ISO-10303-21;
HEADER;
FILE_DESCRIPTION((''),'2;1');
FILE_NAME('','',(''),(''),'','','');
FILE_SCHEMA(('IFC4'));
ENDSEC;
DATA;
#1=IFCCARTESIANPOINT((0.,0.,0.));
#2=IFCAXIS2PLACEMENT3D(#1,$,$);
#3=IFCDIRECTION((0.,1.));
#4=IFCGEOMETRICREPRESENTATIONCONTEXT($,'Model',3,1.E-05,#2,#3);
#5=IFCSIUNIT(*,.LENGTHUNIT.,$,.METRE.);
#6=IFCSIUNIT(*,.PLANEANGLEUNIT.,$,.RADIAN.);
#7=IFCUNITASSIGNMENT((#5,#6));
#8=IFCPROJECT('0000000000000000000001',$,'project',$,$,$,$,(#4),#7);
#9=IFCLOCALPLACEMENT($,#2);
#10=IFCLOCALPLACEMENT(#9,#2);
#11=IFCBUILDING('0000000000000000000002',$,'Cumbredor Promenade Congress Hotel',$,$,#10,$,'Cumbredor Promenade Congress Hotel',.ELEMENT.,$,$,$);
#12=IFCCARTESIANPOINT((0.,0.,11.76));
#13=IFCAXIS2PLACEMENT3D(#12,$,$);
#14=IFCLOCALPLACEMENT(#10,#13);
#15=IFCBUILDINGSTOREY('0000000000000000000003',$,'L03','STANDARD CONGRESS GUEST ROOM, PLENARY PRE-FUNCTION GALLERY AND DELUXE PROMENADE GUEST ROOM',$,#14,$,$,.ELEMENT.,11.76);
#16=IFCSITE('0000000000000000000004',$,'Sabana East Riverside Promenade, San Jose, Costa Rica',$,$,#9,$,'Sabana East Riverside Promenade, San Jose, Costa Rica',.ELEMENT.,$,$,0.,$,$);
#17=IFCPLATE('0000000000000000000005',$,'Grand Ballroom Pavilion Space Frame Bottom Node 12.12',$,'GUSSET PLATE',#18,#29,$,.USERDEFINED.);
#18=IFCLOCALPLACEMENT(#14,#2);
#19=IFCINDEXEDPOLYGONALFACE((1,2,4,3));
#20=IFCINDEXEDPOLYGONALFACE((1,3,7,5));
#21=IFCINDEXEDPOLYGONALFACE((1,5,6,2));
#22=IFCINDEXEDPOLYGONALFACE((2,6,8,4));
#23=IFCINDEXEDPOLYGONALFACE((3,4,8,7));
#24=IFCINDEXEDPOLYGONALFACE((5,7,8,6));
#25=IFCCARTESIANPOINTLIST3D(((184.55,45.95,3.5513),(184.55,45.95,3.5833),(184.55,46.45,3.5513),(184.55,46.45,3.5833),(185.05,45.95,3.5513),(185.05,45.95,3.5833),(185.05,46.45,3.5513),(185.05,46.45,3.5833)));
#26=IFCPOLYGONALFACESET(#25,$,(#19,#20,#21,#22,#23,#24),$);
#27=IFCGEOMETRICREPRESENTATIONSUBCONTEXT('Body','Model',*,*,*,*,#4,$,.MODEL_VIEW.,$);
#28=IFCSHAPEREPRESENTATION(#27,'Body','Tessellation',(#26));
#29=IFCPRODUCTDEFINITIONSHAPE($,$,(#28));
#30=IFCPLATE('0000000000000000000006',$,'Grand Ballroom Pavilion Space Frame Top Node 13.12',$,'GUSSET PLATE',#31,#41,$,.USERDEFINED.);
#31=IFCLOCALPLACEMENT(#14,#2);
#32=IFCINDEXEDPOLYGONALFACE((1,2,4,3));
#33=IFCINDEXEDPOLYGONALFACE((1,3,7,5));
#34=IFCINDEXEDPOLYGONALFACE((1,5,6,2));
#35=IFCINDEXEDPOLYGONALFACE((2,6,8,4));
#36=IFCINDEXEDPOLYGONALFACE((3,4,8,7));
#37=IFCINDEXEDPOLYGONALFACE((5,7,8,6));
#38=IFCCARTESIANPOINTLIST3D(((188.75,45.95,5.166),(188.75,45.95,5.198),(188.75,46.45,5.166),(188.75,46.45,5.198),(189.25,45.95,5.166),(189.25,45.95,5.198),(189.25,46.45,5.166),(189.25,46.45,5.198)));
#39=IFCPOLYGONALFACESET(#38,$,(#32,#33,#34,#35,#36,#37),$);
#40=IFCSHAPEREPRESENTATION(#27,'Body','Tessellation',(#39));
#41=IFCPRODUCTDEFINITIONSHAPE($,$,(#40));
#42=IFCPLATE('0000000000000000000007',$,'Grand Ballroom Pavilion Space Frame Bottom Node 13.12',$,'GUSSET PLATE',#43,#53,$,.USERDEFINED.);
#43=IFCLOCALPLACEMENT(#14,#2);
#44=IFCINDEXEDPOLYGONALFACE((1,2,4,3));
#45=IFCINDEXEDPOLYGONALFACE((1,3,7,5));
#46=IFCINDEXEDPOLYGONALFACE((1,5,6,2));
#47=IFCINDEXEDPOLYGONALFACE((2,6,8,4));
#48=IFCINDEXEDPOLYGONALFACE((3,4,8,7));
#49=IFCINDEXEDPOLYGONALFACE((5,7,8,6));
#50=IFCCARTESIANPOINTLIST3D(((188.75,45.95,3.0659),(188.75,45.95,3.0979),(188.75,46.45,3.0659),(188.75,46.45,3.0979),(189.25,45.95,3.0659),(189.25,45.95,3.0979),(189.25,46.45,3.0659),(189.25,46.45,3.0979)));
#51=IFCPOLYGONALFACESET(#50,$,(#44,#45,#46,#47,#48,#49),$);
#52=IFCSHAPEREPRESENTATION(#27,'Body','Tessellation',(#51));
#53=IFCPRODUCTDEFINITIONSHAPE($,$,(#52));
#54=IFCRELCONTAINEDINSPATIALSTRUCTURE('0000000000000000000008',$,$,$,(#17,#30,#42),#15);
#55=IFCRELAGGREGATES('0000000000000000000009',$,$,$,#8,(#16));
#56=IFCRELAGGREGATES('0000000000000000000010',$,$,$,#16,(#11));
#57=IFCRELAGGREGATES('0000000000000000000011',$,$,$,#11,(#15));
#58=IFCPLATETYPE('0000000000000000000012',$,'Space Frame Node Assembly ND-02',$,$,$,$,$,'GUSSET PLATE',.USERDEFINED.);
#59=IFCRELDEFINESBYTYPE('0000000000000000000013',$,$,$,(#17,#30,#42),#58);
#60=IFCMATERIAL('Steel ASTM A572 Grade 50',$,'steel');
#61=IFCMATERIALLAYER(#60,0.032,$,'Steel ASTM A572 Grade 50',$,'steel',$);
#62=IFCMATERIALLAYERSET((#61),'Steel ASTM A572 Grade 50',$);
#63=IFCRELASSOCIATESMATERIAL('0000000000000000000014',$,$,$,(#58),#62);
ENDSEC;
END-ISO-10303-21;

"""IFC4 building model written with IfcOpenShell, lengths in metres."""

from ifc_helpers import new_model, si_unit, direction, frame, origin, origin_2d, place, context, subcontext, project, spatial, rectangle, extrude, material, layer, layer_set, type_object, element, save


model = new_model("IFC4")

# Units and contexts
model_context = context("Model", 3, precision=1e-05, world=origin(), true_north=direction((0.0, 1.0)))
body_context = subcontext(model_context, "Body", "Model", "MODEL_VIEW")
ifc_project = project(units=[si_unit("LENGTHUNIT", "METRE"), si_unit("PLANEANGLEUNIT", "RADIAN")], contexts=[model_context])

# Site, building, storey
site_placement = place(None, origin())
site = spatial("IfcSite", under=ifc_project, at=site_placement, Name="Sabana East Riverside Promenade, San Jose, Costa Rica", LongName="Sabana East Riverside Promenade, San Jose, Costa Rica", CompositionType="ELEMENT", RefElevation=0.0)
building_placement = place(site_placement, origin())
building = spatial("IfcBuilding", under=site, at=building_placement, Name="Cumbredor Promenade Congress Hotel", LongName="Cumbredor Promenade Congress Hotel", CompositionType="ELEMENT")
storey_placement = place(building_placement, frame((0.0, 0.0, 11.76)))
storey = spatial("IfcBuildingStorey", under=building, at=storey_placement, Name="L03", Description="STANDARD CONGRESS GUEST ROOM, PLENARY PRE-FUNCTION GALLERY AND DELUXE PROMENADE GUEST ROOM", CompositionType="ELEMENT", Elevation=11.76)

# Plates
ifc_material_1 = material(Name="Steel ASTM A572 Grade 50", Category="steel")
ifc_layer_1 = layer(ifc_material_1, 0.032, Name="Steel ASTM A572 Grade 50", Category="steel")
ifc_layer_set_1 = layer_set([ifc_layer_1], Name="Steel ASTM A572 Grade 50")
plate_type_1 = type_object("IfcPlateType", Name="Space Frame Node Assembly ND-02", ElementType="GUSSET PLATE", PredefinedType="USERDEFINED", material=ifc_layer_set_1)
for number, where, z_axis, x_axis, name in (
    (1, (184.8, 46.2, 3.5513), (0.0, 0.0, 1.0), (1.0, 0.0, 0.0), "Grand Ballroom Pavilion Space Frame Bottom Node 12.12"),
    (2, (189.0, 46.2, 5.166), (0.0, 0.0, 1.0), (1.0, 0.0, 0.0), "Grand Ballroom Pavilion Space Frame Top Node 13.12"),
    (3, (189.0, 46.2, 3.0659), (0.0, 0.0, 1.0), (1.0, 0.0, 0.0), "Grand Ballroom Pavilion Space Frame Bottom Node 13.12"),
):
    element("IfcPlate", number, at=place(storey_placement, frame(where, z_axis=z_axis, x_axis=x_axis)), inside=storey, type_object=plate_type_1, Name=name, ObjectType="GUSSET PLATE", PredefinedType="USERDEFINED", context=body_context, shape_type="SweptSolid", body=[
        extrude(rectangle(XDim=0.5, YDim=0.5, at=origin_2d()), origin(), (0.0, 0.0, 1.0), 0.032),
    ])

save(model, "model.ifc")
